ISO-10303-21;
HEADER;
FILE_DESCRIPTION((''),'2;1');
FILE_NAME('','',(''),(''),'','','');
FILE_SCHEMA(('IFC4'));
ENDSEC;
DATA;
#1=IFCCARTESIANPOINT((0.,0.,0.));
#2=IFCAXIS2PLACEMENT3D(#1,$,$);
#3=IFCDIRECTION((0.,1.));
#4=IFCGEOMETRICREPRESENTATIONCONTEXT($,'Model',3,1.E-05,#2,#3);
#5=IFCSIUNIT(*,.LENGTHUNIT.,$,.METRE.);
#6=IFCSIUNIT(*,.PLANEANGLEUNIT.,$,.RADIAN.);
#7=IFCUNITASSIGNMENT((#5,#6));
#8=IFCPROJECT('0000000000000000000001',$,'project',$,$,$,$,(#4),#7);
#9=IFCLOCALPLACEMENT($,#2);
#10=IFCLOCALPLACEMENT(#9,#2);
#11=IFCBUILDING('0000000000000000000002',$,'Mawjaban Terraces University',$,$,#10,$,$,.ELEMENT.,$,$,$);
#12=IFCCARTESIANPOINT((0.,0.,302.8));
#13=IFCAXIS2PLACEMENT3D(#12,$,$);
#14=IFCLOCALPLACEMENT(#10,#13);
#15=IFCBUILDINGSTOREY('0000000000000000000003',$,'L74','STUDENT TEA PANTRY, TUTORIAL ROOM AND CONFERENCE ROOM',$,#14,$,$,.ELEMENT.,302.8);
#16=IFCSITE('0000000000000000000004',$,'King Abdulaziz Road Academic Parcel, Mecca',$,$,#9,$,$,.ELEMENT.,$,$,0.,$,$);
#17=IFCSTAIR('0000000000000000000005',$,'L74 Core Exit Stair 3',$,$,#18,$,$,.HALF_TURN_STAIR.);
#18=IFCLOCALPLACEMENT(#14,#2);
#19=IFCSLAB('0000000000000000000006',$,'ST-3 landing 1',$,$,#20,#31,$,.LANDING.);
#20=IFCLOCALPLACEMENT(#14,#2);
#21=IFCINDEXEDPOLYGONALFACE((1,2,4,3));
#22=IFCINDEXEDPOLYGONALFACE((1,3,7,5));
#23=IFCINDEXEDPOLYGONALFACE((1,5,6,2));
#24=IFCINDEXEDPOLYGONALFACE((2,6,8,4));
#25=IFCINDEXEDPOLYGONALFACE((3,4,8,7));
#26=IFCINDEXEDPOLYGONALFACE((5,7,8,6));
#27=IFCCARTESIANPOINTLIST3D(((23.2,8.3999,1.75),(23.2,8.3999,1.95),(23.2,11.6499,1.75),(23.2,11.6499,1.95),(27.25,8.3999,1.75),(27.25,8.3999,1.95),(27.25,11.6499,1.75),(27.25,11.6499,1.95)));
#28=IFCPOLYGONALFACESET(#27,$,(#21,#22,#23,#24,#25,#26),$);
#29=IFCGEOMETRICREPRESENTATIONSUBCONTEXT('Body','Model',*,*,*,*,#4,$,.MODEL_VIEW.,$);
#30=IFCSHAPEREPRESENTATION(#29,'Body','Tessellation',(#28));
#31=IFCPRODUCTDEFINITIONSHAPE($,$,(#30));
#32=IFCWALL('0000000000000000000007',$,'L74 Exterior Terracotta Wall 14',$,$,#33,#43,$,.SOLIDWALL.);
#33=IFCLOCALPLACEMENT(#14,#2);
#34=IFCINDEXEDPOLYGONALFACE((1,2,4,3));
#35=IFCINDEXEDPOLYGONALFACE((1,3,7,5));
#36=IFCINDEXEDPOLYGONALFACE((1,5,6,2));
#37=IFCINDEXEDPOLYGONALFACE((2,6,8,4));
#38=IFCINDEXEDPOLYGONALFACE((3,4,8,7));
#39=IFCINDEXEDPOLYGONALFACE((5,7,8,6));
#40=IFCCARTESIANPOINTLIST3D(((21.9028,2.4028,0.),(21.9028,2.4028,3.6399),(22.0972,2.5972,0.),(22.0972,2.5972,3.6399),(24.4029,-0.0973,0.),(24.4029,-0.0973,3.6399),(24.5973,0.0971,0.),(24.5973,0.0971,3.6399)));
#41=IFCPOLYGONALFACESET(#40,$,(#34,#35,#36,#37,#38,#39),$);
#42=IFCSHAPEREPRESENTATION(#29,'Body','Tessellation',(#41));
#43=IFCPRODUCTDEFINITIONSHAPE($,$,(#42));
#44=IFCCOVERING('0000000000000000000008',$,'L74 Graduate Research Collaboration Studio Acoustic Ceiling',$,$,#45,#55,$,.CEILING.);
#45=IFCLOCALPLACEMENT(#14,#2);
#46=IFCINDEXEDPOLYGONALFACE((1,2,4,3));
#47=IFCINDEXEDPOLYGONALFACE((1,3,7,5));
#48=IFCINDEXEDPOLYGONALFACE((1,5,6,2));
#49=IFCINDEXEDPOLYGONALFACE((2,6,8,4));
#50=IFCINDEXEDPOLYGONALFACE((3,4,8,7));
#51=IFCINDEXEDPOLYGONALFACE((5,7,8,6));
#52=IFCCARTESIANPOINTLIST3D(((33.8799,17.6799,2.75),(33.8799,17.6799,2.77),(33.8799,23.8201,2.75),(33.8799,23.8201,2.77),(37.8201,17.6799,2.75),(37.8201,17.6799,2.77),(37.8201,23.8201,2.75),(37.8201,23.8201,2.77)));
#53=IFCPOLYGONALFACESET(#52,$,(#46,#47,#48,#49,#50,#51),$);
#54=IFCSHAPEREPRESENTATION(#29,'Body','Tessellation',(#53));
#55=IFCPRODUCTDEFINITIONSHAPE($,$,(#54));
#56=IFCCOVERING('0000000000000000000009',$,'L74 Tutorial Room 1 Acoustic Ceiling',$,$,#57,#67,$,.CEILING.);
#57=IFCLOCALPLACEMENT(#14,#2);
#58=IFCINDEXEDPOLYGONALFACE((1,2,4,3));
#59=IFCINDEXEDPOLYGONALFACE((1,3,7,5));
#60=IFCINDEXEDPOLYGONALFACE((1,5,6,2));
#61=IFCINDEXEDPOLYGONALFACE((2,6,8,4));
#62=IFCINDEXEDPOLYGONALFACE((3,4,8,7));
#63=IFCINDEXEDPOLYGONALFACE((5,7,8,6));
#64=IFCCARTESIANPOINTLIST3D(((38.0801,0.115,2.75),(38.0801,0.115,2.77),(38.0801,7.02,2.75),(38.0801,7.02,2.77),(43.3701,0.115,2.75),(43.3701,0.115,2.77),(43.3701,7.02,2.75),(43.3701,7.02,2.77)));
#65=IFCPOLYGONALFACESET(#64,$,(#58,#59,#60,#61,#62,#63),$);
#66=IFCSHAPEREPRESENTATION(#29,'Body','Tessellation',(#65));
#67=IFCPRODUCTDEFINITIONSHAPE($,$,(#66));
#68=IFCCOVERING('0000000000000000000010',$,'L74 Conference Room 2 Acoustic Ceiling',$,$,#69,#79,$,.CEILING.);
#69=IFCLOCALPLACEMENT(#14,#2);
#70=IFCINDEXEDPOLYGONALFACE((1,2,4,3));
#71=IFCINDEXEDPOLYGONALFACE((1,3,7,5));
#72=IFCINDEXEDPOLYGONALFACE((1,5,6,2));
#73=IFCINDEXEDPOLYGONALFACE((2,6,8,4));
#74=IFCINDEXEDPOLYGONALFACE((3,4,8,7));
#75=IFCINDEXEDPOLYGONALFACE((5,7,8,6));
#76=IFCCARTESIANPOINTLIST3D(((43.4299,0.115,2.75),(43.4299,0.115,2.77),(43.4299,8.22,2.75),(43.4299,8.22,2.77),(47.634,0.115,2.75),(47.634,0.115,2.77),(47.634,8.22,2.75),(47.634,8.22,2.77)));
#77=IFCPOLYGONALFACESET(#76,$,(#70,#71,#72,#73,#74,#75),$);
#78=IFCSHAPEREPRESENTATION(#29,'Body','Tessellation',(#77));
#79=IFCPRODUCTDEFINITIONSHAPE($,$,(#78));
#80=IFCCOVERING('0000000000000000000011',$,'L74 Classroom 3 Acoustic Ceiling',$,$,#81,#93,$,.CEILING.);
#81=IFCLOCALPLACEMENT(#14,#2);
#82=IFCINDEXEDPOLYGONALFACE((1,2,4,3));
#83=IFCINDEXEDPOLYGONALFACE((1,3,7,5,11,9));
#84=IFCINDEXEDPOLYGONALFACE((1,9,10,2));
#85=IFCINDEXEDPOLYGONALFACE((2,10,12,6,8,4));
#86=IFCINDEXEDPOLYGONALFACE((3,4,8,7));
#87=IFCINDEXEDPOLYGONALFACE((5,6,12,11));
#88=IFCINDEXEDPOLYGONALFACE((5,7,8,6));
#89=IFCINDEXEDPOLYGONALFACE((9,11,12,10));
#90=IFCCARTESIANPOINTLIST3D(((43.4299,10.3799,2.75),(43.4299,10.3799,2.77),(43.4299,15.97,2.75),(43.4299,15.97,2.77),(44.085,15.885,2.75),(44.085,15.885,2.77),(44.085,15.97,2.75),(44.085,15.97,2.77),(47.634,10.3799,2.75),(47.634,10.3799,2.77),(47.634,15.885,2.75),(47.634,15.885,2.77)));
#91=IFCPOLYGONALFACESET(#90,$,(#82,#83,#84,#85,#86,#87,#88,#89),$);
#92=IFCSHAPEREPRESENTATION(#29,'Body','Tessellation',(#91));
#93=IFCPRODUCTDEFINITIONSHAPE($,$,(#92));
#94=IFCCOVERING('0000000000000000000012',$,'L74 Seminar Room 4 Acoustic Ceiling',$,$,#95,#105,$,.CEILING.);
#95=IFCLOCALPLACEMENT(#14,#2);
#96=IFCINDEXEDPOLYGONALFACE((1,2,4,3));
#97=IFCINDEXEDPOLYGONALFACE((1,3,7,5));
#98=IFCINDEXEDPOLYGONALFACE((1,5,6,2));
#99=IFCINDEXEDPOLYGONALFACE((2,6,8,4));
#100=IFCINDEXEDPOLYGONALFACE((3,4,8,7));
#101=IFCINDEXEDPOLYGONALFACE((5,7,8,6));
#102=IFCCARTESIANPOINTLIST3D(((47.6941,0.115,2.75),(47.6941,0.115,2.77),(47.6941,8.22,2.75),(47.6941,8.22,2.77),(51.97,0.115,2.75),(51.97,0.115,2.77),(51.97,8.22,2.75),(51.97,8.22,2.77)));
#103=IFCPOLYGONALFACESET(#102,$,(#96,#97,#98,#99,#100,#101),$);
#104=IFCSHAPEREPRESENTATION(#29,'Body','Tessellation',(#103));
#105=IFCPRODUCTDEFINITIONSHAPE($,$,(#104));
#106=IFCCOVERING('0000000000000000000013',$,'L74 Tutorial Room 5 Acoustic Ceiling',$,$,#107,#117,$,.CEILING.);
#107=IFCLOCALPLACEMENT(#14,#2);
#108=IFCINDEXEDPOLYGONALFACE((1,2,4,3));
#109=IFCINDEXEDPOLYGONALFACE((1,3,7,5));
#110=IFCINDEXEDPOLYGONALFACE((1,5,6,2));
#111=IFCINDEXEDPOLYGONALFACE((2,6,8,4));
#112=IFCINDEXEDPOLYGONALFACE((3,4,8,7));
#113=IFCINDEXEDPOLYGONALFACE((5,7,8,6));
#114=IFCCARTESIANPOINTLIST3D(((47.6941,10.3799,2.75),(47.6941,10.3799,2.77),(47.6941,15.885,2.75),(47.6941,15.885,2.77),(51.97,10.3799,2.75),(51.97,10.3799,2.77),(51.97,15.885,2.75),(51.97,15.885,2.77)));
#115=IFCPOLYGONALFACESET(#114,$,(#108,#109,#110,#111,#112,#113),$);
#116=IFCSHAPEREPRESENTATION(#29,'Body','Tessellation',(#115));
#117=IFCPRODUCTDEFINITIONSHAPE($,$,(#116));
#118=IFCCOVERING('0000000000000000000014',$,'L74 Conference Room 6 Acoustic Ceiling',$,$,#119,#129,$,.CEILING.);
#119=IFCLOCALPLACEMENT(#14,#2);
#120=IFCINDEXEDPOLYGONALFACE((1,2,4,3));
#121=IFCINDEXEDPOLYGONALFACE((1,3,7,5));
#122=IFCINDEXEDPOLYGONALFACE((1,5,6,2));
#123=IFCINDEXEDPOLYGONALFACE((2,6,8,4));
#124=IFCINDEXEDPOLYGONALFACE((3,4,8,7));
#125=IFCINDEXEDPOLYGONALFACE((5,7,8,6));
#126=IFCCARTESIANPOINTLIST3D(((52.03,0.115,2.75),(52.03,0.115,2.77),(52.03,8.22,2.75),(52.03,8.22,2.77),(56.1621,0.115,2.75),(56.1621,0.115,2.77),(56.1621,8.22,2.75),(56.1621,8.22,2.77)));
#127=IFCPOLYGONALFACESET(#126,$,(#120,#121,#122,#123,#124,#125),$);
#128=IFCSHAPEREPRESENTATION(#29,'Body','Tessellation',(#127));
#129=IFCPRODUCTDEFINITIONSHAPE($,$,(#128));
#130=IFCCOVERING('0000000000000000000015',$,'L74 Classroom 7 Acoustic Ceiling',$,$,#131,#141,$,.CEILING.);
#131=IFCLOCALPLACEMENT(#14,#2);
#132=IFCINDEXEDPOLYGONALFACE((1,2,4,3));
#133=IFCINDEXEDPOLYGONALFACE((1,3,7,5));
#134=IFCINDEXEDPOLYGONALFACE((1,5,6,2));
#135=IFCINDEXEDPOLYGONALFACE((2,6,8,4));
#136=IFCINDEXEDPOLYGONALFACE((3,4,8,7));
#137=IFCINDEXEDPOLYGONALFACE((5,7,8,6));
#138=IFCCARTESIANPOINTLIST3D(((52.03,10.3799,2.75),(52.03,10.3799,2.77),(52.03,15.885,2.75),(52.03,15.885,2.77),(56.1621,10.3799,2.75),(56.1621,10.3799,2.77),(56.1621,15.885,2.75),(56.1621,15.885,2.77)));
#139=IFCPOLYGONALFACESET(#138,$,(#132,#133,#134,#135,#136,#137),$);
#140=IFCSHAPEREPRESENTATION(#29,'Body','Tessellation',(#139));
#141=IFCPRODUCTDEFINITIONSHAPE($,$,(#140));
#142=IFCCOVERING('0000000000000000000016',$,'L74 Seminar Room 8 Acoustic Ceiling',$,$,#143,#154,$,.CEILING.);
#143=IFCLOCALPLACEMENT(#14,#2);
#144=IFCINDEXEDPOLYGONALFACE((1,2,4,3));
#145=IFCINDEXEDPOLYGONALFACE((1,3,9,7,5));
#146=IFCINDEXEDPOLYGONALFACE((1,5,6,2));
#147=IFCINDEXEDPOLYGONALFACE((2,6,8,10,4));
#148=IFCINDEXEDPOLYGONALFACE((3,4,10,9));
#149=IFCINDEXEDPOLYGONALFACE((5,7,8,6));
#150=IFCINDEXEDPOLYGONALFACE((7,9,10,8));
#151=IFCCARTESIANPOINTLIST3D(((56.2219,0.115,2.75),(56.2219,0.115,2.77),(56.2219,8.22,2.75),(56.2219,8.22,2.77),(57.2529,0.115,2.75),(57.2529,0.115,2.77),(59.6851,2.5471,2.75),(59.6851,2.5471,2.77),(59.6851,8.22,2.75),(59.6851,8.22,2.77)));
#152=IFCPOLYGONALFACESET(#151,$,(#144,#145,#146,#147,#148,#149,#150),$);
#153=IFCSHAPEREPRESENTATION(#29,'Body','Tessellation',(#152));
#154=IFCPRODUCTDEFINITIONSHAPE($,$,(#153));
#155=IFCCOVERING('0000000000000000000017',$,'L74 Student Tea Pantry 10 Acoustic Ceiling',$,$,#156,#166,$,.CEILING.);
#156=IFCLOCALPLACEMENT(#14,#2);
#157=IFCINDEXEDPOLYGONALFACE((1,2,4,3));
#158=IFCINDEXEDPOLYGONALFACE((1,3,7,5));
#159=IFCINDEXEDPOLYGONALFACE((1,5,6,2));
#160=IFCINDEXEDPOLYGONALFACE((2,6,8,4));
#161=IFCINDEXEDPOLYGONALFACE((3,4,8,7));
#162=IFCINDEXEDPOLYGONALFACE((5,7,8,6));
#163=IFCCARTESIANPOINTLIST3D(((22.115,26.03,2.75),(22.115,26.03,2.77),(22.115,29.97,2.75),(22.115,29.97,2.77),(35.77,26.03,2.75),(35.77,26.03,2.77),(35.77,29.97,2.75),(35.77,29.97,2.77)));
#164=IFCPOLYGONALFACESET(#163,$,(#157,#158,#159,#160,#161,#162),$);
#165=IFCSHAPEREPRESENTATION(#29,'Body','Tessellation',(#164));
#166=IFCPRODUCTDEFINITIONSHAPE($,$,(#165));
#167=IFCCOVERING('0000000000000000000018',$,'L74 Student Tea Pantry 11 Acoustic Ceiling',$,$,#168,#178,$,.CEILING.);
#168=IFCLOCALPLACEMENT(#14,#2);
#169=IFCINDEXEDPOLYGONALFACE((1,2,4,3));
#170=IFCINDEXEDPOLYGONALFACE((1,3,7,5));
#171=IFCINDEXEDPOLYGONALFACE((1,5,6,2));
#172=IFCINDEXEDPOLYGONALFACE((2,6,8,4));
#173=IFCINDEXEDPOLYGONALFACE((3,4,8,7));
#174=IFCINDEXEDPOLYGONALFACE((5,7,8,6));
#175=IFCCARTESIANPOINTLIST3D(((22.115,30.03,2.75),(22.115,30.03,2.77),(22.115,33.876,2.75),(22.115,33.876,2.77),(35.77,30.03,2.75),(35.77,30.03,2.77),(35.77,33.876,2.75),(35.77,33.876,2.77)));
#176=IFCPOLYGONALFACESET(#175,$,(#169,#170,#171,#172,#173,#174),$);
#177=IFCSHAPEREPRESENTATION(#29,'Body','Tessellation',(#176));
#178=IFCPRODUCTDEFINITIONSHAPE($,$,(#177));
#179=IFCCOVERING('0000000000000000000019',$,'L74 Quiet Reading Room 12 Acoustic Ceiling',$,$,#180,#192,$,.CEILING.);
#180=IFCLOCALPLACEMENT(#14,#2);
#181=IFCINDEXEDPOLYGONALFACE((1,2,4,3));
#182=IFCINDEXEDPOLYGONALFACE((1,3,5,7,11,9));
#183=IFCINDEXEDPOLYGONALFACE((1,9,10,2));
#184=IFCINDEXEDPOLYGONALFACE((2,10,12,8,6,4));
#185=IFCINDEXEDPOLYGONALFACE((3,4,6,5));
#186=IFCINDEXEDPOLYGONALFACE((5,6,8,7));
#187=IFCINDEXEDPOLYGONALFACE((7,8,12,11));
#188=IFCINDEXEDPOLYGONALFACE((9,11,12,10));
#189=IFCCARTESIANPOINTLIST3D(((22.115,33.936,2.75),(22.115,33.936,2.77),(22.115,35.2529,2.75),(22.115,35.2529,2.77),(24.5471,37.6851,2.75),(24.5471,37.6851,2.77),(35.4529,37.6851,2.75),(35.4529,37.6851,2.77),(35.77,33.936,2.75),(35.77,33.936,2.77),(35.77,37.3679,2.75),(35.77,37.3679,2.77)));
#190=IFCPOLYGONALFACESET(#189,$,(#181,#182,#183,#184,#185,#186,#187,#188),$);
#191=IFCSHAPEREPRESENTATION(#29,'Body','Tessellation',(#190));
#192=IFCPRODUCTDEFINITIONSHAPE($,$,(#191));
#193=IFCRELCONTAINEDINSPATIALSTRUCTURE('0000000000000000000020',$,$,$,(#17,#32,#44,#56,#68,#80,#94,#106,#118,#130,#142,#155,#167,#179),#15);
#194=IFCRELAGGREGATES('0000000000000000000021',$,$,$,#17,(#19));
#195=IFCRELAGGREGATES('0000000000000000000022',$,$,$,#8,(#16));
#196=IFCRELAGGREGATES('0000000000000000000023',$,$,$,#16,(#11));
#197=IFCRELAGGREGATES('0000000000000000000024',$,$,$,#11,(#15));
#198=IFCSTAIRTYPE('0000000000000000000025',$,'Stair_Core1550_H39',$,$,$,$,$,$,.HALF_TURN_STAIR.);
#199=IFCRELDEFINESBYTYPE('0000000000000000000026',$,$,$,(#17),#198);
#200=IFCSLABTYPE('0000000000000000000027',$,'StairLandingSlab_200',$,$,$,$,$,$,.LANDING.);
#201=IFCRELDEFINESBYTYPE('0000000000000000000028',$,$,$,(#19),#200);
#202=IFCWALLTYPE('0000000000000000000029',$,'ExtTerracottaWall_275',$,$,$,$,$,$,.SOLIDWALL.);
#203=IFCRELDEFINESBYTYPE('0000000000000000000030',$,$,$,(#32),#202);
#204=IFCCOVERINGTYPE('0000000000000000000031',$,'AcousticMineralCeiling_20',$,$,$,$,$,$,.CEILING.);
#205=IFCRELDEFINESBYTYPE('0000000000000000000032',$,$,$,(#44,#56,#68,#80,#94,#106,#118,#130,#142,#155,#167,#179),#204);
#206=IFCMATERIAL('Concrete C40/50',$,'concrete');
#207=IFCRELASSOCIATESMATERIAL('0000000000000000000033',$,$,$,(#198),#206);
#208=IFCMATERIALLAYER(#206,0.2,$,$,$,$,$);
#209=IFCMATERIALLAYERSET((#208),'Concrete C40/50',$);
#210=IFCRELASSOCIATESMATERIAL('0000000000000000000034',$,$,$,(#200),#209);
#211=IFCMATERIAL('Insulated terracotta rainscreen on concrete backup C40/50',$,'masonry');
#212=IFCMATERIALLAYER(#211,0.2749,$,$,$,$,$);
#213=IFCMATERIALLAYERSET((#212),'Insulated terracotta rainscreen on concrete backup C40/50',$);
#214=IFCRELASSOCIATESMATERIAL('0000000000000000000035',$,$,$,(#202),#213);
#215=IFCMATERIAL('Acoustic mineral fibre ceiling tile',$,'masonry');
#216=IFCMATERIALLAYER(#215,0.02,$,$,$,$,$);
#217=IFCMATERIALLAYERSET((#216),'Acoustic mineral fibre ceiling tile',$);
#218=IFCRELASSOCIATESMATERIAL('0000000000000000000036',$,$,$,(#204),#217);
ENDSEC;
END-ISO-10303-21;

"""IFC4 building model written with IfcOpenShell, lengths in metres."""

from ifc_helpers import new_model, si_unit, direction, frame, frame_2d, origin, place, context, subcontext, project, spatial, polyline, rectangle, outline, extrude, material, layer, layer_set, type_object, element, aggregate, save


model = new_model("IFC4")

# Units and contexts
model_context = context("Model", 3, precision=1e-05, world=origin(), true_north=direction((0.0, 1.0)))
body_context = subcontext(model_context, "Body", "Model", "MODEL_VIEW")
ifc_project = project(units=[si_unit("LENGTHUNIT", "METRE"), si_unit("PLANEANGLEUNIT", "RADIAN")], contexts=[model_context])

# Site, building, storey
site_placement = place(None, origin())
site = spatial("IfcSite", under=ifc_project, at=site_placement, Name="King Abdulaziz Road Academic Parcel, Mecca", CompositionType="ELEMENT", RefElevation=0.0)
building_placement = place(site_placement, origin())
building = spatial("IfcBuilding", under=site, at=building_placement, Name="Mawjaban Terraces University", CompositionType="ELEMENT")
storey_placement = place(building_placement, frame((0.0, 0.0, 302.8)))
storey = spatial("IfcBuildingStorey", under=building, at=storey_placement, Name="L74", Description="STUDENT TEA PANTRY, TUTORIAL ROOM AND CONFERENCE ROOM", CompositionType="ELEMENT", Elevation=302.8)

# Shared definitions
ifc_material_1 = material(Name="Concrete C40/50", Category="concrete")

# Stair, slab
stair_type = type_object("IfcStairType", Name="Stair_Core1550_H39", PredefinedType="HALF_TURN_STAIR", material=ifc_material_1)
ifc_layer_1 = layer(ifc_material_1, 0.2)
ifc_layer_set_1 = layer_set([ifc_layer_1], Name="Concrete C40/50")
slab_type_1 = type_object("IfcSlabType", Name="StairLandingSlab_200", PredefinedType="LANDING", material=ifc_layer_set_1)
stair_1_placement = place(storey_placement, origin())
stair_1 = element("IfcStair", 1, at=stair_1_placement, inside=storey, type_object=stair_type, Name="L74 Core Exit Stair 3", PredefinedType="HALF_TURN_STAIR")
slab_1_placement = place(storey_placement, frame((0.0, 0.0, 1.75)))
slab_1 = element("IfcSlab", 2, at=slab_1_placement, type_object=slab_type_1, Name="ST-3 landing 1", PredefinedType="LANDING", context=body_context, shape_type="SweptSolid", body=[
    extrude(outline(polyline([(27.25, 11.6499), (23.2, 11.6499), (23.2, 8.3999), (27.25, 8.3999), (27.25, 11.6499)])), origin(), (0.0, 0.0, 1.0), 0.2),
])
aggregate(stair_1, [slab_1])

# Wall
ifc_material_2 = material(Name="Insulated terracotta rainscreen on concrete backup C40/50", Category="masonry")
ifc_layer_2 = layer(ifc_material_2, 0.2749)
ifc_layer_set_2 = layer_set([ifc_layer_2], Name="Insulated terracotta rainscreen on concrete backup C40/50")
wall_type = type_object("IfcWallType", Name="ExtTerracottaWall_275", PredefinedType="SOLIDWALL", material=ifc_layer_set_2)
wall_placement = place(storey_placement, frame((22.0, 2.5, 0.0), z_axis=(0.0, 0.0, 1.0), x_axis=(0.707107, -0.707107, 0.0)))
element("IfcWall", 3, at=wall_placement, inside=storey, type_object=wall_type, Name="L74 Exterior Terracotta Wall 14", PredefinedType="SOLIDWALL", context=body_context, shape_type="SweptSolid", body=[
    extrude(rectangle(XDim=3.5356, YDim=0.2749, at=frame_2d((1.7678, 0.0))), origin(), (0.0, 0.0, 1.0), 3.6399),
])

# Coverings
ifc_material_3 = material(Name="Acoustic mineral fibre ceiling tile", Category="masonry")
ifc_layer_3 = layer(ifc_material_3, 0.02)
ifc_layer_set_3 = layer_set([ifc_layer_3], Name="Acoustic mineral fibre ceiling tile")
covering_type_1 = type_object("IfcCoveringType", Name="AcousticMineralCeiling_20", PredefinedType="CEILING", material=ifc_layer_set_3)
covering_1_placement = place(storey_placement, frame((0.0, 0.0, 2.75)))
element("IfcCovering", 4, at=covering_1_placement, inside=storey, type_object=covering_type_1, Name="L74 Graduate Research Collaboration Studio Acoustic Ceiling", PredefinedType="CEILING", context=body_context, shape_type="SweptSolid", body=[
    extrude(outline(polyline([(37.8201, 17.6799), (37.8201, 23.8201), (33.8799, 23.8201), (33.8799, 17.6799), (37.8201, 17.6799)])), origin(), (0.0, 0.0, 1.0), 0.02),
])
covering_2_placement = place(storey_placement, frame((0.0, 0.0, 2.75)))
element("IfcCovering", 5, at=covering_2_placement, inside=storey, type_object=covering_type_1, Name="L74 Tutorial Room 1 Acoustic Ceiling", PredefinedType="CEILING", context=body_context, shape_type="SweptSolid", body=[
    extrude(outline(polyline([(38.0801, 7.02), (38.0801, 0.115), (43.3701, 0.115), (43.3701, 7.02), (38.0801, 7.02)])), origin(), (0.0, 0.0, 1.0), 0.02),
])
covering_3_placement = place(storey_placement, frame((0.0, 0.0, 2.75)))
element("IfcCovering", 6, at=covering_3_placement, inside=storey, type_object=covering_type_1, Name="L74 Conference Room 2 Acoustic Ceiling", PredefinedType="CEILING", context=body_context, shape_type="SweptSolid", body=[
    extrude(outline(polyline([(43.4299, 0.115), (47.634, 0.115), (47.634, 8.22), (43.4299, 8.22), (43.4299, 0.115)])), origin(), (0.0, 0.0, 1.0), 0.02),
])
covering_4_placement = place(storey_placement, frame((0.0, 0.0, 2.75)))
element("IfcCovering", 7, at=covering_4_placement, inside=storey, type_object=covering_type_1, Name="L74 Classroom 3 Acoustic Ceiling", PredefinedType="CEILING", context=body_context, shape_type="SweptSolid", body=[
    extrude(outline(polyline([(47.634, 15.885), (44.085, 15.885), (44.085, 15.97), (43.4299, 15.97), (43.4299, 10.3799), (47.634, 10.3799), (47.634, 15.885)])), origin(), (0.0, 0.0, 1.0), 0.02),
])
covering_5_placement = place(storey_placement, frame((0.0, 0.0, 2.75)))
element("IfcCovering", 8, at=covering_5_placement, inside=storey, type_object=covering_type_1, Name="L74 Seminar Room 4 Acoustic Ceiling", PredefinedType="CEILING", context=body_context, shape_type="SweptSolid", body=[
    extrude(outline(polyline([(47.6941, 0.115), (51.97, 0.115), (51.97, 8.22), (47.6941, 8.22), (47.6941, 0.115)])), origin(), (0.0, 0.0, 1.0), 0.02),
])
covering_6_placement = place(storey_placement, frame((0.0, 0.0, 2.75)))
element("IfcCovering", 9, at=covering_6_placement, inside=storey, type_object=covering_type_1, Name="L74 Tutorial Room 5 Acoustic Ceiling", PredefinedType="CEILING", context=body_context, shape_type="SweptSolid", body=[
    extrude(outline(polyline([(51.97, 15.885), (47.6941, 15.885), (47.6941, 10.3799), (51.97, 10.3799), (51.97, 15.885)])), origin(), (0.0, 0.0, 1.0), 0.02),
])
covering_7_placement = place(storey_placement, frame((0.0, 0.0, 2.75)))
element("IfcCovering", 10, at=covering_7_placement, inside=storey, type_object=covering_type_1, Name="L74 Conference Room 6 Acoustic Ceiling", PredefinedType="CEILING", context=body_context, shape_type="SweptSolid", body=[
    extrude(outline(polyline([(52.03, 0.115), (56.1621, 0.115), (56.1621, 8.22), (52.03, 8.22), (52.03, 0.115)])), origin(), (0.0, 0.0, 1.0), 0.02),
])
covering_8_placement = place(storey_placement, frame((0.0, 0.0, 2.75)))
element("IfcCovering", 11, at=covering_8_placement, inside=storey, type_object=covering_type_1, Name="L74 Classroom 7 Acoustic Ceiling", PredefinedType="CEILING", context=body_context, shape_type="SweptSolid", body=[
    extrude(outline(polyline([(56.1621, 15.885), (52.03, 15.885), (52.03, 10.3799), (56.1621, 10.3799), (56.1621, 15.885)])), origin(), (0.0, 0.0, 1.0), 0.02),
])
covering_9_placement = place(storey_placement, frame((0.0, 0.0, 2.75)))
element("IfcCovering", 12, at=covering_9_placement, inside=storey, type_object=covering_type_1, Name="L74 Seminar Room 8 Acoustic Ceiling", PredefinedType="CEILING", context=body_context, shape_type="SweptSolid", body=[
    extrude(outline(polyline([(56.2219, 0.115), (57.2529, 0.115), (59.6851, 2.5471), (59.6851, 8.22), (56.2219, 8.22), (56.2219, 0.115)])), origin(), (0.0, 0.0, 1.0), 0.02),
])
covering_10_placement = place(storey_placement, frame((0.0, 0.0, 2.75)))
element("IfcCovering", 13, at=covering_10_placement, inside=storey, type_object=covering_type_1, Name="L74 Student Tea Pantry 10 Acoustic Ceiling", PredefinedType="CEILING", context=body_context, shape_type="SweptSolid", body=[
    extrude(outline(polyline([(22.115, 29.97), (22.115, 26.03), (35.77, 26.03), (35.77, 29.97), (22.115, 29.97)])), origin(), (0.0, 0.0, 1.0), 0.02),
])
covering_11_placement = place(storey_placement, frame((0.0, 0.0, 2.75)))
element("IfcCovering", 14, at=covering_11_placement, inside=storey, type_object=covering_type_1, Name="L74 Student Tea Pantry 11 Acoustic Ceiling", PredefinedType="CEILING", context=body_context, shape_type="SweptSolid", body=[
    extrude(outline(polyline([(22.115, 33.876), (22.115, 30.03), (35.77, 30.03), (35.77, 33.876), (22.115, 33.876)])), origin(), (0.0, 0.0, 1.0), 0.02),
])
covering_12_placement = place(storey_placement, frame((0.0, 0.0, 2.75)))
element("IfcCovering", 15, at=covering_12_placement, inside=storey, type_object=covering_type_1, Name="L74 Quiet Reading Room 12 Acoustic Ceiling", PredefinedType="CEILING", context=body_context, shape_type="SweptSolid", body=[
    extrude(outline(polyline([(35.77, 37.3679), (35.4529, 37.6851), (24.5471, 37.6851), (22.115, 35.2529), (22.115, 33.936), (35.77, 33.936), (35.77, 37.3679)])), origin(), (0.0, 0.0, 1.0), 0.02),
])

save(model, "model.ifc")
